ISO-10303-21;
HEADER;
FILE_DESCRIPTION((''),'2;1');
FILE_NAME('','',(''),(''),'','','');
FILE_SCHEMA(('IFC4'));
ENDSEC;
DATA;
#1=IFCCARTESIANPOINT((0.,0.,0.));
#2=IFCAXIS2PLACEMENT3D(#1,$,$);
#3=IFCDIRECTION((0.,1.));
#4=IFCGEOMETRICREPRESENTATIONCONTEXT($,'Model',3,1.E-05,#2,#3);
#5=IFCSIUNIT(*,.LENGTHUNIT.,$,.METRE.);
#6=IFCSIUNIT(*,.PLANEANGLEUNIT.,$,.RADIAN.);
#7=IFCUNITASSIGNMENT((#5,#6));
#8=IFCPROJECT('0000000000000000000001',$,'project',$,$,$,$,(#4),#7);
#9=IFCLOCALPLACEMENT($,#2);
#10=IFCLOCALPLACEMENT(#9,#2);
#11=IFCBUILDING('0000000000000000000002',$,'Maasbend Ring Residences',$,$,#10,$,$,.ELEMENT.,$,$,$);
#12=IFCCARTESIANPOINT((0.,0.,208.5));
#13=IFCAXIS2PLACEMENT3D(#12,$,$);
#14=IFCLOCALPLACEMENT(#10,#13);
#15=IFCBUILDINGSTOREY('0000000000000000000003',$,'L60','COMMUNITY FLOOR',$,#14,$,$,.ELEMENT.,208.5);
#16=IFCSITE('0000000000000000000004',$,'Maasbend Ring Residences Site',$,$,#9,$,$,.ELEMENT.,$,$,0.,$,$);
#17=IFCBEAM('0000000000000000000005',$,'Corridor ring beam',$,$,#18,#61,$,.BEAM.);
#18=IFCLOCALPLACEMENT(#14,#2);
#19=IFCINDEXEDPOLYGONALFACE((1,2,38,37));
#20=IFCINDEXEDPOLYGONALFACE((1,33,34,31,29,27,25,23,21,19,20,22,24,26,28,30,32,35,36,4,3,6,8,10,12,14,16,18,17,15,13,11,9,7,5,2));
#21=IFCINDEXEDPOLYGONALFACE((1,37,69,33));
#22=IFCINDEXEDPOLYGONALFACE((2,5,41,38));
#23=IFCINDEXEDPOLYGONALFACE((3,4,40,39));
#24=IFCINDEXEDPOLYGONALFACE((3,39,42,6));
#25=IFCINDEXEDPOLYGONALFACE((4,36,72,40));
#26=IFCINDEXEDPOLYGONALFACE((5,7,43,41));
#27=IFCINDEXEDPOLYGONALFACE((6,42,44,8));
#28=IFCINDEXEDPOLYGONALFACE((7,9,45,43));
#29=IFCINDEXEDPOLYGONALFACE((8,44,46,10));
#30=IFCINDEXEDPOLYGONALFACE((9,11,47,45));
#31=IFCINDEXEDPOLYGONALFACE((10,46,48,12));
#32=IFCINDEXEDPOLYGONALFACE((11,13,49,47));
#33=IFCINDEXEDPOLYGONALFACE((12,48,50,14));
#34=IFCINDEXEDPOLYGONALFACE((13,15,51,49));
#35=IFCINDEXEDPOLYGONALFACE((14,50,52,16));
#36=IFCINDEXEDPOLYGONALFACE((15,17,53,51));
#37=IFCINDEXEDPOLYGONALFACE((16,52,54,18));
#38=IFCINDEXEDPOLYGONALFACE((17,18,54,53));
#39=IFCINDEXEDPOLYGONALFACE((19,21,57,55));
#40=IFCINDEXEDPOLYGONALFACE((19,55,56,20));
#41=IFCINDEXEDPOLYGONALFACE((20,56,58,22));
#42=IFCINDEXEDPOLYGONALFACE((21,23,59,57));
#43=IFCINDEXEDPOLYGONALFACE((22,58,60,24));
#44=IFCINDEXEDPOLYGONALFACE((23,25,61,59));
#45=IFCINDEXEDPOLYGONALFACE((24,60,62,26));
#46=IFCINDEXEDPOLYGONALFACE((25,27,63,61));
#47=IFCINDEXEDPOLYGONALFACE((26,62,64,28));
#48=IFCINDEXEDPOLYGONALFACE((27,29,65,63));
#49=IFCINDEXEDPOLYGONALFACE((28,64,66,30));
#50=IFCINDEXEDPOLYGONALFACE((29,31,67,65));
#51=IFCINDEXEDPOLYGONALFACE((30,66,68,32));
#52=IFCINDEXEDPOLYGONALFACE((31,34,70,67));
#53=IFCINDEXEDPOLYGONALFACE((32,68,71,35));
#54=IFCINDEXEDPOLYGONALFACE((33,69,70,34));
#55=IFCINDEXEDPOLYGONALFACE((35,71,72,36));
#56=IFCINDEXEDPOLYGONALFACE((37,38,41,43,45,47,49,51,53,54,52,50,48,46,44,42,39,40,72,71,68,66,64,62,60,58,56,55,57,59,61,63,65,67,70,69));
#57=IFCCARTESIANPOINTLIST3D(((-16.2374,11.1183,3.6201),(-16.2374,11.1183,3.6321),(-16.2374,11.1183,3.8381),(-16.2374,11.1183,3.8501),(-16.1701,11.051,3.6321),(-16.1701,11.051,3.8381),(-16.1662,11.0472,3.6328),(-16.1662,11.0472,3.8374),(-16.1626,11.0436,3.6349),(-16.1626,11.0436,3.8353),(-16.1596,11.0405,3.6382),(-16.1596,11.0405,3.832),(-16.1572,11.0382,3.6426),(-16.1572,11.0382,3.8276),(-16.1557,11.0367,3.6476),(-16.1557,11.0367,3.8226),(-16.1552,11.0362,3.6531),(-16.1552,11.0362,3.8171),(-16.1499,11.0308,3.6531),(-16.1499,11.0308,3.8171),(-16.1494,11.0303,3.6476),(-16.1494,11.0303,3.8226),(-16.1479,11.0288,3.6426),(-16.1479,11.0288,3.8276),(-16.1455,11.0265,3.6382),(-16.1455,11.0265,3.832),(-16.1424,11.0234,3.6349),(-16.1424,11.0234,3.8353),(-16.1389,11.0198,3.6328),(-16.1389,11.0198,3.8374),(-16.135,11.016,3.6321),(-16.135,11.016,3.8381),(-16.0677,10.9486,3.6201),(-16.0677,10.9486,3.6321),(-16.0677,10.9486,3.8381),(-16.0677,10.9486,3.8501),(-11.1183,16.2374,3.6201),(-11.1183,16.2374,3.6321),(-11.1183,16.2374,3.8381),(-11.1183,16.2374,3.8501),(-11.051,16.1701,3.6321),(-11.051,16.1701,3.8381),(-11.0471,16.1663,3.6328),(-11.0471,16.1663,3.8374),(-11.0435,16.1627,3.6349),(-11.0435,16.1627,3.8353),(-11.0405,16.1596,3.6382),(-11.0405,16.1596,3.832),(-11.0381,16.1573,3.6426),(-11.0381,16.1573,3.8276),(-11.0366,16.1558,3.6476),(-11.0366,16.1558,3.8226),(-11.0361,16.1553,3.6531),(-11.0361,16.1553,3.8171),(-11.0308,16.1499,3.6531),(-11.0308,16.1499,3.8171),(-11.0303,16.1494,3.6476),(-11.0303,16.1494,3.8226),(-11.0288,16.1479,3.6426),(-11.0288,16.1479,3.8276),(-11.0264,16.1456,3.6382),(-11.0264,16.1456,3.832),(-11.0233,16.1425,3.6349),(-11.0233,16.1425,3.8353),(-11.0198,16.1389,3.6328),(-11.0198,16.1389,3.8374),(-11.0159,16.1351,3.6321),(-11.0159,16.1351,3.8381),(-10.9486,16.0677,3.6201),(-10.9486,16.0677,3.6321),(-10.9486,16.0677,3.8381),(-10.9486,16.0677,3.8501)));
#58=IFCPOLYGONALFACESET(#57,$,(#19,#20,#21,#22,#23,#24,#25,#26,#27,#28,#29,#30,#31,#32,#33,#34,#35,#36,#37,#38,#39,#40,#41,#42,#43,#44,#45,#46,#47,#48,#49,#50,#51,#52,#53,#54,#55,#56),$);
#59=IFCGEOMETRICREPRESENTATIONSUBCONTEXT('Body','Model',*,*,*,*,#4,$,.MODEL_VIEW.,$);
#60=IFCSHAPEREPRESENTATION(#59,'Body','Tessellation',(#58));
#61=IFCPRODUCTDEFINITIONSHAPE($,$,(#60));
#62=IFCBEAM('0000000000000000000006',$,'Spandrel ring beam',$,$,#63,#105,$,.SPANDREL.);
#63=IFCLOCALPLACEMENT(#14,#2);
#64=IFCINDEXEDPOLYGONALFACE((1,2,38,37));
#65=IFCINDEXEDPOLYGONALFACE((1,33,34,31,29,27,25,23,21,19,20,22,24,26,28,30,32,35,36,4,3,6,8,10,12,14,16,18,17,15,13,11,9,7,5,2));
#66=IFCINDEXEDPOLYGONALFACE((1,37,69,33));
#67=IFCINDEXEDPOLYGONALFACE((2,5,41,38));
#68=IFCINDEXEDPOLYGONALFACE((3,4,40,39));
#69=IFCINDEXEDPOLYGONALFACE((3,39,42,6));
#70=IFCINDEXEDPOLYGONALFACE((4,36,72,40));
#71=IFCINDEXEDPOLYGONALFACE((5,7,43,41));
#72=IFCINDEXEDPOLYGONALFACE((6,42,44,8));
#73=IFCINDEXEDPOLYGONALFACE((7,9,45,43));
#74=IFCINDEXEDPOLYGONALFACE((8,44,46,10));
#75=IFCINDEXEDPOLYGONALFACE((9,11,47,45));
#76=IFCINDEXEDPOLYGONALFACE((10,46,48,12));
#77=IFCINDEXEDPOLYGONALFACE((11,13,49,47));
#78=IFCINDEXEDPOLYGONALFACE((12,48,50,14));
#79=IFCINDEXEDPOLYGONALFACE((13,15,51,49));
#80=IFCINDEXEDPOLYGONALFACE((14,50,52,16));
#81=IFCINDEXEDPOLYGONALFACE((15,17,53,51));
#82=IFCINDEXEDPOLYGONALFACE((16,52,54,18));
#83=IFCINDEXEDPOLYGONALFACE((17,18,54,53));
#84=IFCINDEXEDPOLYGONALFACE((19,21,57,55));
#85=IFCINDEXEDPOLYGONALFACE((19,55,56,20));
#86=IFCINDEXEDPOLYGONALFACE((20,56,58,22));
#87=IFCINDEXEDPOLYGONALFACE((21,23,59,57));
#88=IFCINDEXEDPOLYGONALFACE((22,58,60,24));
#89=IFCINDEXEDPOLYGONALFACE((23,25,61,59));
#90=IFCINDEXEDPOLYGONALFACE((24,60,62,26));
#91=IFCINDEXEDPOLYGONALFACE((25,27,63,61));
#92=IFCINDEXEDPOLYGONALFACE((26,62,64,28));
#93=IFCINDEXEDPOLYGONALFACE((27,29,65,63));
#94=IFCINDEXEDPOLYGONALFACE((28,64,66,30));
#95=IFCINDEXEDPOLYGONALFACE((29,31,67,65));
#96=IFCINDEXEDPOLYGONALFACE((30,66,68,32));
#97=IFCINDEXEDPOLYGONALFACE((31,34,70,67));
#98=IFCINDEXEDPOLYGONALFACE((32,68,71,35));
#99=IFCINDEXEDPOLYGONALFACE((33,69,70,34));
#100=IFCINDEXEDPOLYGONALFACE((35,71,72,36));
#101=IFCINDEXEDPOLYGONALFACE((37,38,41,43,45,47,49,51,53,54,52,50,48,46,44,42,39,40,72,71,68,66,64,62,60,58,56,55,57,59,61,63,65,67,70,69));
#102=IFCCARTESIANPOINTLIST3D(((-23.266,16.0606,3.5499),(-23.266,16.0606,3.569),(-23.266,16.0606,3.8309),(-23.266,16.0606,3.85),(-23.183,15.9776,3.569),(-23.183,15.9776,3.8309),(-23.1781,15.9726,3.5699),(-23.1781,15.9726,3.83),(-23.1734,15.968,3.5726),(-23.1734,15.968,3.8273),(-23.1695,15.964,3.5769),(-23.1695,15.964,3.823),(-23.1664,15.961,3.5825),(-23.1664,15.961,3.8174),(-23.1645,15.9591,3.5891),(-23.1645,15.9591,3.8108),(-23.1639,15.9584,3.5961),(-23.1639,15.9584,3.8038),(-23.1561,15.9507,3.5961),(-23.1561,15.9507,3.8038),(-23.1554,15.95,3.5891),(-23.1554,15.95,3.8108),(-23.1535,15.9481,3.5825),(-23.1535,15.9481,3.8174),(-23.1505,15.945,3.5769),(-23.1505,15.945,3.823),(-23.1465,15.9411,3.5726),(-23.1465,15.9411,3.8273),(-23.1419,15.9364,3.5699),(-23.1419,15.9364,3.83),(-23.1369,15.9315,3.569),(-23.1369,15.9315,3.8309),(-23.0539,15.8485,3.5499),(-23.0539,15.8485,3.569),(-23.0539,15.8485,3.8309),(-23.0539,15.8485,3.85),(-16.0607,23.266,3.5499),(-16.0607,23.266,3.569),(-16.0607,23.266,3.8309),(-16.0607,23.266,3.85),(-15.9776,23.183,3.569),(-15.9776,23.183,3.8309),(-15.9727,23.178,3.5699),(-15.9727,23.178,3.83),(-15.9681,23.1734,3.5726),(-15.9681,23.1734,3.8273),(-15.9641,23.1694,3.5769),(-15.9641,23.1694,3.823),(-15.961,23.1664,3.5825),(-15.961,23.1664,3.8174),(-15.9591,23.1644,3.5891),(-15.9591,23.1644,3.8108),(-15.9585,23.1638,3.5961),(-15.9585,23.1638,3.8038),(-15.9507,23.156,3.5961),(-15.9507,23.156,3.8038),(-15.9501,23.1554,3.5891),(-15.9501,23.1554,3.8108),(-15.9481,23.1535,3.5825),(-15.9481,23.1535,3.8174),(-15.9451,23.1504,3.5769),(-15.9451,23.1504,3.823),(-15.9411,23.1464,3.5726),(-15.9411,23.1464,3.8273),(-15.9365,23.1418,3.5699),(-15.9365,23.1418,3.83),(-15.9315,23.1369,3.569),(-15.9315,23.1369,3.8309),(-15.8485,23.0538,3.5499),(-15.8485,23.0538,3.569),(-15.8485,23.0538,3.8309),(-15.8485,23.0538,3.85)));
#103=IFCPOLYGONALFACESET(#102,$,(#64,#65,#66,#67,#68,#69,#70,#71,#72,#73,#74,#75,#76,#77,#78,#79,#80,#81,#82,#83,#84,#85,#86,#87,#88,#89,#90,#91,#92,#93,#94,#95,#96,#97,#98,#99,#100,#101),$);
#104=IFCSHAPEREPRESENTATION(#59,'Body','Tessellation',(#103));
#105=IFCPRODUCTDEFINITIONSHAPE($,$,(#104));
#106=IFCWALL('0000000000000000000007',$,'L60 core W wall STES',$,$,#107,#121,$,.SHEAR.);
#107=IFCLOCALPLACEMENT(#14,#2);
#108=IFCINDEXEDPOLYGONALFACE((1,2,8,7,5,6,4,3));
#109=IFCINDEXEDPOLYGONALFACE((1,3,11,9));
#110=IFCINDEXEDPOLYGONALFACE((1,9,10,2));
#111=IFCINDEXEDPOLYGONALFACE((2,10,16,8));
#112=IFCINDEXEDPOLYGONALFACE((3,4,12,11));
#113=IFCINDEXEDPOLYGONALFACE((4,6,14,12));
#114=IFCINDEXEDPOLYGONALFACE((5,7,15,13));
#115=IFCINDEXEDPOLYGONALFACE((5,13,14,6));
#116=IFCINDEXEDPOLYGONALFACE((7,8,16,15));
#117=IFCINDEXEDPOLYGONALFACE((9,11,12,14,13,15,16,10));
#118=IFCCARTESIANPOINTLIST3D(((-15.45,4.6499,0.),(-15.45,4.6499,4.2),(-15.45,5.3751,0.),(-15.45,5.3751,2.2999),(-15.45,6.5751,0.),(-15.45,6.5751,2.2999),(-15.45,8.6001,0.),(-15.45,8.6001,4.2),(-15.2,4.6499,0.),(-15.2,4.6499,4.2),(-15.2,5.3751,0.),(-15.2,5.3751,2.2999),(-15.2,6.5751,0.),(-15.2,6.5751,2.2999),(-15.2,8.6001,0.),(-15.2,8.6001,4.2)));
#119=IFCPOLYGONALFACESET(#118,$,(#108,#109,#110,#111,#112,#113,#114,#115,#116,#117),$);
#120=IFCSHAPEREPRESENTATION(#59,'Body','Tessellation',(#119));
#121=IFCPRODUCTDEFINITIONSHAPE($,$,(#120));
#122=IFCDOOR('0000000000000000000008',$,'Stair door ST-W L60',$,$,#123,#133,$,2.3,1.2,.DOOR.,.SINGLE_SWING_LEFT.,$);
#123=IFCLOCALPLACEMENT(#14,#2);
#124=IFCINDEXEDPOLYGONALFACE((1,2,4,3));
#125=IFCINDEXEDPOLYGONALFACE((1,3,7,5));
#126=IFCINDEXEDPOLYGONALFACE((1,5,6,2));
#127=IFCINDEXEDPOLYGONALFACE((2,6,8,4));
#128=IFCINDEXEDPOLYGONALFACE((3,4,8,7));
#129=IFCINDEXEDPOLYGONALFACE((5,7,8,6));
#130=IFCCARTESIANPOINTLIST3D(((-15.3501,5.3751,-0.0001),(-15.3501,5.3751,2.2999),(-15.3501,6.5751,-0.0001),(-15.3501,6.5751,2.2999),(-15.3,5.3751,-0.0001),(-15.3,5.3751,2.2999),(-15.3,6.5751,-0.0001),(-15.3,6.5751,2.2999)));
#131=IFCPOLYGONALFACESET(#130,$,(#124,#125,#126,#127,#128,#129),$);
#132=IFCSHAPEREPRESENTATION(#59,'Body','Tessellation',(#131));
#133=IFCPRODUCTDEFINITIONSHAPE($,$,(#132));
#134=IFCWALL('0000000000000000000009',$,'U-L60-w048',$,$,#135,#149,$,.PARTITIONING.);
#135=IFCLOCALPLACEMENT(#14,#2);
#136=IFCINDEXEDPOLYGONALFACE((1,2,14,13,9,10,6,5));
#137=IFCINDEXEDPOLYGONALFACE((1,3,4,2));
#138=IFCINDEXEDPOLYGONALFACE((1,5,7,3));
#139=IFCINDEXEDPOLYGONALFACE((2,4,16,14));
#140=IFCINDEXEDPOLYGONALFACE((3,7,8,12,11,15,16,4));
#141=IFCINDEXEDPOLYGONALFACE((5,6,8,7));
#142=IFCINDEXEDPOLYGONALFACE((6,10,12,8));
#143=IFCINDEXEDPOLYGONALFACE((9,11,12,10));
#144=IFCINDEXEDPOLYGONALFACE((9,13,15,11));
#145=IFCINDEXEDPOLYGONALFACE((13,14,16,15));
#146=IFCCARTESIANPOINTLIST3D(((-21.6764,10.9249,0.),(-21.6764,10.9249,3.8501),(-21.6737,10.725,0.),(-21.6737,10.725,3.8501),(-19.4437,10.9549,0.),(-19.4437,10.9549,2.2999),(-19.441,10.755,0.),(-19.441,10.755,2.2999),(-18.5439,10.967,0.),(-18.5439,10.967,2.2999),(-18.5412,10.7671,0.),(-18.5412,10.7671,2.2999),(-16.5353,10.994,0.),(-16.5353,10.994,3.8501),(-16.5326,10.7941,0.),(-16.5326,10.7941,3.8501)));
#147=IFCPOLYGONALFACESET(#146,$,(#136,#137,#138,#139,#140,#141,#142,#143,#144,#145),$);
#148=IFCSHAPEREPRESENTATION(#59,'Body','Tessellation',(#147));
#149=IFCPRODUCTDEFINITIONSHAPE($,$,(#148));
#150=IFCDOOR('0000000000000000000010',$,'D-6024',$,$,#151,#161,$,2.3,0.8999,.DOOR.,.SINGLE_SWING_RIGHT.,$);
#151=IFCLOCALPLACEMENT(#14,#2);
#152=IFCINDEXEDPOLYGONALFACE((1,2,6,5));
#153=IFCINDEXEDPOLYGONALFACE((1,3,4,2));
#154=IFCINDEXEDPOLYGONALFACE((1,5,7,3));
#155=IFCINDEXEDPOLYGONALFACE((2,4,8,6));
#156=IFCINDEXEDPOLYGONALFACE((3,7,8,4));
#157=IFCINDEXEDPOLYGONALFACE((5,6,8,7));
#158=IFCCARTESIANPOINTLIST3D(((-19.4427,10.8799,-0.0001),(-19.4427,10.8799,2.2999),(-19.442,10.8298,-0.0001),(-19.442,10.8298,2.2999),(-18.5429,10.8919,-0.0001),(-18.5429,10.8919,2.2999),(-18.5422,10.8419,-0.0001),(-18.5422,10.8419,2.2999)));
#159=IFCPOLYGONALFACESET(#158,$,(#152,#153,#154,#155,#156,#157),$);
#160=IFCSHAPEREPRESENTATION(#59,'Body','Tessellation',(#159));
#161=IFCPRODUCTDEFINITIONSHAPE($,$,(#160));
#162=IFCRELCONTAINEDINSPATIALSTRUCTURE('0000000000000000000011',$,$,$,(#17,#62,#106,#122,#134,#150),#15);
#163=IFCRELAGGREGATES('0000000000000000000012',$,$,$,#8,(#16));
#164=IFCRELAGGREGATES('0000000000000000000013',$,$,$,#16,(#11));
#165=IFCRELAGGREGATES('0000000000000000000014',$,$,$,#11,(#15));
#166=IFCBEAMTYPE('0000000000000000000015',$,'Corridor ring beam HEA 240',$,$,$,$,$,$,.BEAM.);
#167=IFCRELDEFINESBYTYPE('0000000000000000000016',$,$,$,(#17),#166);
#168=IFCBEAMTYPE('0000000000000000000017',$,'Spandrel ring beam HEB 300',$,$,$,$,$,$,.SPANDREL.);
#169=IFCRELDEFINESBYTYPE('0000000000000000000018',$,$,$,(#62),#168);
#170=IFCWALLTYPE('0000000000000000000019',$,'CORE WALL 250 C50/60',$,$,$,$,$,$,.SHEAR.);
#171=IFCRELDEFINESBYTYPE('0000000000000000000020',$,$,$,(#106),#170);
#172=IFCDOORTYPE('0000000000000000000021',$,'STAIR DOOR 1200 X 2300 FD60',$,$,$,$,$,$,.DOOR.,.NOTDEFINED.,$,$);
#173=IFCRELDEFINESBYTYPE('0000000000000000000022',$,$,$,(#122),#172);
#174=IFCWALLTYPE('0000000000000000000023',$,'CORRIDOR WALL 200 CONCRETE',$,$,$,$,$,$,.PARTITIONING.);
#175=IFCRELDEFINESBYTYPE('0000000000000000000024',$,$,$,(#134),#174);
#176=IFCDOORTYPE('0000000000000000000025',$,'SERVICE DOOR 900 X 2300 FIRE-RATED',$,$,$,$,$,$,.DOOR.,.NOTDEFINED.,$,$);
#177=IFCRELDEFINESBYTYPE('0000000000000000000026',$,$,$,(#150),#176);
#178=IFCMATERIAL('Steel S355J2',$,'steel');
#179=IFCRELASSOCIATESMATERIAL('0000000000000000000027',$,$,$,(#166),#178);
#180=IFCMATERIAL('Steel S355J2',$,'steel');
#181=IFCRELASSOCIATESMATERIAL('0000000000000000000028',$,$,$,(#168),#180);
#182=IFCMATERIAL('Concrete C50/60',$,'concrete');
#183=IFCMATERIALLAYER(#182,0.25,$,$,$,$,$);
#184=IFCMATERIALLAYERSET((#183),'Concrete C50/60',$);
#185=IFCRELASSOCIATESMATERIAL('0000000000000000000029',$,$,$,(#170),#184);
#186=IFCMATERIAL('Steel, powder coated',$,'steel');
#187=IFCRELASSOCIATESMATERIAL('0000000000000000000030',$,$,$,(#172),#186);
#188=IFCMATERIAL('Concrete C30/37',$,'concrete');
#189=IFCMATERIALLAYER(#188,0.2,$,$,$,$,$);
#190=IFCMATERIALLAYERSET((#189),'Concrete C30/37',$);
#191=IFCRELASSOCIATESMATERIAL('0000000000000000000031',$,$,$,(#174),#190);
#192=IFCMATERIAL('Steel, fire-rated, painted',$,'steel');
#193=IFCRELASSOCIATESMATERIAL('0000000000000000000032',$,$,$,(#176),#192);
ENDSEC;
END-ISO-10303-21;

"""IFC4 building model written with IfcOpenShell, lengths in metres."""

from ifc_helpers import new_model, si_unit, direction, frame, frame_2d, origin, origin_2d, place, context, subcontext, project, spatial, rectangle, i_section, extrude, material, layer, layer_set, material_profile, profile_set, type_object, element, fill, save


model = new_model("IFC4")

# Units and contexts
model_context = context("Model", 3, precision=1e-05, world=origin(), true_north=direction((0.0, 1.0)))
body_context = subcontext(model_context, "Body", "Model", "MODEL_VIEW")
ifc_project = project(units=[si_unit("LENGTHUNIT", "METRE"), si_unit("PLANEANGLEUNIT", "RADIAN")], contexts=[model_context])

# Site, building, storey
site_placement = place(None, origin())
site = spatial("IfcSite", under=ifc_project, at=site_placement, Name="Maasbend Ring Residences Site", CompositionType="ELEMENT", RefElevation=0.0)
building_placement = place(site_placement, origin())
building = spatial("IfcBuilding", under=site, at=building_placement, Name="Maasbend Ring Residences", CompositionType="ELEMENT")
storey_placement = place(building_placement, frame((0.0, 0.0, 208.5)))
storey = spatial("IfcBuildingStorey", under=building, at=storey_placement, Name="L60", Description="COMMUNITY FLOOR", CompositionType="ELEMENT", Elevation=208.5)

# Beams
ifc_material_1 = material(Name="Steel S355J2", Category="steel")
ifc_material_profile_1 = material_profile(ifc_material_1, i_section(OverallWidth=0.24, OverallDepth=0.23, WebThickness=0.0076, FlangeThickness=0.012, FilletRadius=0.021, at=origin_2d()), Name="HEA 240")
ifc_profile_set_1 = profile_set([ifc_material_profile_1], Name="Steel S355J2")
beam_type_1 = type_object("IfcBeamType", Name="Corridor ring beam HEA 240", PredefinedType="BEAM", material=ifc_profile_set_1)
beam_1_placement = place(storey_placement, frame((-11.0334, 16.1526, 3.7351), z_axis=(-0.707107, -0.707107, 0.0), x_axis=(0.707107, -0.707107, 0.0)))
element("IfcBeam", 1, at=beam_1_placement, inside=storey, type_object=beam_type_1, Name="Corridor ring beam", PredefinedType="BEAM", context=body_context, shape_type="SweptSolid", body=[
    extrude(i_section(OverallWidth=0.24, OverallDepth=0.23, WebThickness=0.0076, FlangeThickness=0.012, FilletRadius=0.021, at=origin_2d()), origin(), (0.0, 0.0, 1.0), 7.2395),
])
ifc_material_2 = material(Name="Steel S355J2", Category="steel")
ifc_material_profile_2 = material_profile(ifc_material_2, i_section(OverallWidth=0.3, OverallDepth=0.3, WebThickness=0.011, FlangeThickness=0.019, FilletRadius=0.0271, at=origin_2d()), Name="HEB 300")
ifc_profile_set_2 = profile_set([ifc_material_profile_2], Name="Steel S355J2")
beam_type_2 = type_object("IfcBeamType", Name="Spandrel ring beam HEB 300", PredefinedType="SPANDREL", material=ifc_profile_set_2)
beam_2_placement = place(storey_placement, frame((-15.9546, 23.1599, 3.7), z_axis=(-0.707107, -0.707107, 0.0), x_axis=(0.707107, -0.707107, 0.0)))
element("IfcBeam", 2, at=beam_2_placement, inside=storey, type_object=beam_type_2, Name="Spandrel ring beam", PredefinedType="SPANDREL", context=body_context, shape_type="SweptSolid", body=[
    extrude(i_section(OverallWidth=0.3, OverallDepth=0.3, WebThickness=0.011, FlangeThickness=0.019, FilletRadius=0.0271, at=origin_2d()), origin(), (0.0, 0.0, 1.0), 10.1899),
])

# Walls, openings, doors
ifc_material_3 = material(Name="Concrete C50/60", Category="concrete")
ifc_layer_1 = layer(ifc_material_3, 0.25)
ifc_layer_set_1 = layer_set([ifc_layer_1], Name="Concrete C50/60")
wall_type_1 = type_object("IfcWallType", Name="CORE WALL 250 C50/60", PredefinedType="SHEAR", material=ifc_layer_set_1)
wall_1_placement = place(storey_placement, frame((-15.325, 8.6001, 0.0), z_axis=(0.0, 0.0, 1.0), x_axis=(0.0, -1.0, 0.0)))
wall_1 = element("IfcWall", 3, at=wall_1_placement, inside=storey, type_object=wall_type_1, Name="L60 core W wall STES", PredefinedType="SHEAR", context=body_context, shape_type="SweptSolid", body=[
    extrude(rectangle(XDim=3.9502, YDim=0.25, at=frame_2d((1.9751, 0.0))), origin(), (0.0, 0.0, 1.0), 4.2),
])
opening_1_placement = place(wall_1_placement, frame((2.0249, 0.0, 0.0)))
opening_1 = element("IfcOpeningElement", 4, at=opening_1_placement, cuts=wall_1, PredefinedType="OPENING", context=body_context, shape_type="SweptSolid", body=[
    extrude(rectangle(XDim=1.2, YDim=2.3, at=frame_2d((0.6001, 1.1499))), frame((0.0, 0.135, 0.0), z_axis=(0.0, -1.0, 0.0), x_axis=(1.0, 0.0, 0.0)), (0.0, 0.0, 1.0), 0.27),
])
ifc_material_4 = material(Name="Steel, powder coated", Category="steel")
door_type_1 = type_object("IfcDoorType", Name="STAIR DOOR 1200 X 2300 FD60", OperationType="NOTDEFINED", PredefinedType="DOOR", material=ifc_material_4)
door_1_placement = place(opening_1_placement, origin())
door_1 = element("IfcDoor", 5, at=door_1_placement, inside=storey, type_object=door_type_1, Name="Stair door ST-W L60", OperationType="SINGLE_SWING_LEFT", OverallHeight=2.3, OverallWidth=1.2, PredefinedType="DOOR", context=body_context, shape_type="SweptSolid", body=[
    extrude(rectangle(XDim=1.2, YDim=2.3, at=frame_2d((0.6001, 1.1499))), frame((0.0, 0.0249, 0.0), z_axis=(0.0, -1.0, 0.0), x_axis=(1.0, 0.0, 0.0)), (0.0, 0.0, 1.0), 0.05),
])
fill(opening_1, door_1)
ifc_material_5 = material(Name="Concrete C30/37", Category="concrete")
ifc_layer_2 = layer(ifc_material_5, 0.2)
ifc_layer_set_2 = layer_set([ifc_layer_2], Name="Concrete C30/37")
wall_type_2 = type_object("IfcWallType", Name="CORRIDOR WALL 200 CONCRETE", PredefinedType="PARTITIONING", material=ifc_layer_set_2)
wall_2_placement = place(storey_placement, frame((-21.675, 10.825, 0.0), z_axis=(0.0, 0.0, 1.0), x_axis=(0.99991, 0.013438, 0.0)))
wall_2 = element("IfcWall", 6, at=wall_2_placement, inside=storey, type_object=wall_type_2, Name="U-L60-w048", PredefinedType="PARTITIONING", context=body_context, shape_type="SweptSolid", body=[
    extrude(rectangle(XDim=5.1416, YDim=0.2, at=frame_2d((2.5708, 0.0))), origin(), (0.0, 0.0, 1.0), 3.8501),
])
opening_2_placement = place(wall_2_placement, frame((2.2329, 0.0, 0.0)))
opening_2 = element("IfcOpeningElement", 7, at=opening_2_placement, cuts=wall_2, PredefinedType="OPENING", context=body_context, shape_type="SweptSolid", body=[
    extrude(rectangle(XDim=0.8999, YDim=2.3, at=frame_2d((0.45, 1.1499))), frame((0.0, 0.1099, 0.0), z_axis=(0.0, -1.0, 0.0), x_axis=(1.0, 0.0, 0.0)), (0.0, 0.0, 1.0), 0.22),
])
ifc_material_6 = material(Name="Steel, fire-rated, painted", Category="steel")
door_type_2 = type_object("IfcDoorType", Name="SERVICE DOOR 900 X 2300 FIRE-RATED", OperationType="NOTDEFINED", PredefinedType="DOOR", material=ifc_material_6)
door_2_placement = place(opening_2_placement, origin())
door_2 = element("IfcDoor", 8, at=door_2_placement, inside=storey, type_object=door_type_2, Name="D-6024", OperationType="SINGLE_SWING_RIGHT", OverallHeight=2.3, OverallWidth=0.8999, PredefinedType="DOOR", context=body_context, shape_type="SweptSolid", body=[
    extrude(rectangle(XDim=0.8999, YDim=2.3, at=frame_2d((0.45, 1.1499))), frame((0.0, 0.0249, 0.0), z_axis=(0.0, -1.0, 0.0), x_axis=(1.0, 0.0, 0.0)), (0.0, 0.0, 1.0), 0.05),
])
fill(opening_2, door_2)

save(model, "model.ifc")
